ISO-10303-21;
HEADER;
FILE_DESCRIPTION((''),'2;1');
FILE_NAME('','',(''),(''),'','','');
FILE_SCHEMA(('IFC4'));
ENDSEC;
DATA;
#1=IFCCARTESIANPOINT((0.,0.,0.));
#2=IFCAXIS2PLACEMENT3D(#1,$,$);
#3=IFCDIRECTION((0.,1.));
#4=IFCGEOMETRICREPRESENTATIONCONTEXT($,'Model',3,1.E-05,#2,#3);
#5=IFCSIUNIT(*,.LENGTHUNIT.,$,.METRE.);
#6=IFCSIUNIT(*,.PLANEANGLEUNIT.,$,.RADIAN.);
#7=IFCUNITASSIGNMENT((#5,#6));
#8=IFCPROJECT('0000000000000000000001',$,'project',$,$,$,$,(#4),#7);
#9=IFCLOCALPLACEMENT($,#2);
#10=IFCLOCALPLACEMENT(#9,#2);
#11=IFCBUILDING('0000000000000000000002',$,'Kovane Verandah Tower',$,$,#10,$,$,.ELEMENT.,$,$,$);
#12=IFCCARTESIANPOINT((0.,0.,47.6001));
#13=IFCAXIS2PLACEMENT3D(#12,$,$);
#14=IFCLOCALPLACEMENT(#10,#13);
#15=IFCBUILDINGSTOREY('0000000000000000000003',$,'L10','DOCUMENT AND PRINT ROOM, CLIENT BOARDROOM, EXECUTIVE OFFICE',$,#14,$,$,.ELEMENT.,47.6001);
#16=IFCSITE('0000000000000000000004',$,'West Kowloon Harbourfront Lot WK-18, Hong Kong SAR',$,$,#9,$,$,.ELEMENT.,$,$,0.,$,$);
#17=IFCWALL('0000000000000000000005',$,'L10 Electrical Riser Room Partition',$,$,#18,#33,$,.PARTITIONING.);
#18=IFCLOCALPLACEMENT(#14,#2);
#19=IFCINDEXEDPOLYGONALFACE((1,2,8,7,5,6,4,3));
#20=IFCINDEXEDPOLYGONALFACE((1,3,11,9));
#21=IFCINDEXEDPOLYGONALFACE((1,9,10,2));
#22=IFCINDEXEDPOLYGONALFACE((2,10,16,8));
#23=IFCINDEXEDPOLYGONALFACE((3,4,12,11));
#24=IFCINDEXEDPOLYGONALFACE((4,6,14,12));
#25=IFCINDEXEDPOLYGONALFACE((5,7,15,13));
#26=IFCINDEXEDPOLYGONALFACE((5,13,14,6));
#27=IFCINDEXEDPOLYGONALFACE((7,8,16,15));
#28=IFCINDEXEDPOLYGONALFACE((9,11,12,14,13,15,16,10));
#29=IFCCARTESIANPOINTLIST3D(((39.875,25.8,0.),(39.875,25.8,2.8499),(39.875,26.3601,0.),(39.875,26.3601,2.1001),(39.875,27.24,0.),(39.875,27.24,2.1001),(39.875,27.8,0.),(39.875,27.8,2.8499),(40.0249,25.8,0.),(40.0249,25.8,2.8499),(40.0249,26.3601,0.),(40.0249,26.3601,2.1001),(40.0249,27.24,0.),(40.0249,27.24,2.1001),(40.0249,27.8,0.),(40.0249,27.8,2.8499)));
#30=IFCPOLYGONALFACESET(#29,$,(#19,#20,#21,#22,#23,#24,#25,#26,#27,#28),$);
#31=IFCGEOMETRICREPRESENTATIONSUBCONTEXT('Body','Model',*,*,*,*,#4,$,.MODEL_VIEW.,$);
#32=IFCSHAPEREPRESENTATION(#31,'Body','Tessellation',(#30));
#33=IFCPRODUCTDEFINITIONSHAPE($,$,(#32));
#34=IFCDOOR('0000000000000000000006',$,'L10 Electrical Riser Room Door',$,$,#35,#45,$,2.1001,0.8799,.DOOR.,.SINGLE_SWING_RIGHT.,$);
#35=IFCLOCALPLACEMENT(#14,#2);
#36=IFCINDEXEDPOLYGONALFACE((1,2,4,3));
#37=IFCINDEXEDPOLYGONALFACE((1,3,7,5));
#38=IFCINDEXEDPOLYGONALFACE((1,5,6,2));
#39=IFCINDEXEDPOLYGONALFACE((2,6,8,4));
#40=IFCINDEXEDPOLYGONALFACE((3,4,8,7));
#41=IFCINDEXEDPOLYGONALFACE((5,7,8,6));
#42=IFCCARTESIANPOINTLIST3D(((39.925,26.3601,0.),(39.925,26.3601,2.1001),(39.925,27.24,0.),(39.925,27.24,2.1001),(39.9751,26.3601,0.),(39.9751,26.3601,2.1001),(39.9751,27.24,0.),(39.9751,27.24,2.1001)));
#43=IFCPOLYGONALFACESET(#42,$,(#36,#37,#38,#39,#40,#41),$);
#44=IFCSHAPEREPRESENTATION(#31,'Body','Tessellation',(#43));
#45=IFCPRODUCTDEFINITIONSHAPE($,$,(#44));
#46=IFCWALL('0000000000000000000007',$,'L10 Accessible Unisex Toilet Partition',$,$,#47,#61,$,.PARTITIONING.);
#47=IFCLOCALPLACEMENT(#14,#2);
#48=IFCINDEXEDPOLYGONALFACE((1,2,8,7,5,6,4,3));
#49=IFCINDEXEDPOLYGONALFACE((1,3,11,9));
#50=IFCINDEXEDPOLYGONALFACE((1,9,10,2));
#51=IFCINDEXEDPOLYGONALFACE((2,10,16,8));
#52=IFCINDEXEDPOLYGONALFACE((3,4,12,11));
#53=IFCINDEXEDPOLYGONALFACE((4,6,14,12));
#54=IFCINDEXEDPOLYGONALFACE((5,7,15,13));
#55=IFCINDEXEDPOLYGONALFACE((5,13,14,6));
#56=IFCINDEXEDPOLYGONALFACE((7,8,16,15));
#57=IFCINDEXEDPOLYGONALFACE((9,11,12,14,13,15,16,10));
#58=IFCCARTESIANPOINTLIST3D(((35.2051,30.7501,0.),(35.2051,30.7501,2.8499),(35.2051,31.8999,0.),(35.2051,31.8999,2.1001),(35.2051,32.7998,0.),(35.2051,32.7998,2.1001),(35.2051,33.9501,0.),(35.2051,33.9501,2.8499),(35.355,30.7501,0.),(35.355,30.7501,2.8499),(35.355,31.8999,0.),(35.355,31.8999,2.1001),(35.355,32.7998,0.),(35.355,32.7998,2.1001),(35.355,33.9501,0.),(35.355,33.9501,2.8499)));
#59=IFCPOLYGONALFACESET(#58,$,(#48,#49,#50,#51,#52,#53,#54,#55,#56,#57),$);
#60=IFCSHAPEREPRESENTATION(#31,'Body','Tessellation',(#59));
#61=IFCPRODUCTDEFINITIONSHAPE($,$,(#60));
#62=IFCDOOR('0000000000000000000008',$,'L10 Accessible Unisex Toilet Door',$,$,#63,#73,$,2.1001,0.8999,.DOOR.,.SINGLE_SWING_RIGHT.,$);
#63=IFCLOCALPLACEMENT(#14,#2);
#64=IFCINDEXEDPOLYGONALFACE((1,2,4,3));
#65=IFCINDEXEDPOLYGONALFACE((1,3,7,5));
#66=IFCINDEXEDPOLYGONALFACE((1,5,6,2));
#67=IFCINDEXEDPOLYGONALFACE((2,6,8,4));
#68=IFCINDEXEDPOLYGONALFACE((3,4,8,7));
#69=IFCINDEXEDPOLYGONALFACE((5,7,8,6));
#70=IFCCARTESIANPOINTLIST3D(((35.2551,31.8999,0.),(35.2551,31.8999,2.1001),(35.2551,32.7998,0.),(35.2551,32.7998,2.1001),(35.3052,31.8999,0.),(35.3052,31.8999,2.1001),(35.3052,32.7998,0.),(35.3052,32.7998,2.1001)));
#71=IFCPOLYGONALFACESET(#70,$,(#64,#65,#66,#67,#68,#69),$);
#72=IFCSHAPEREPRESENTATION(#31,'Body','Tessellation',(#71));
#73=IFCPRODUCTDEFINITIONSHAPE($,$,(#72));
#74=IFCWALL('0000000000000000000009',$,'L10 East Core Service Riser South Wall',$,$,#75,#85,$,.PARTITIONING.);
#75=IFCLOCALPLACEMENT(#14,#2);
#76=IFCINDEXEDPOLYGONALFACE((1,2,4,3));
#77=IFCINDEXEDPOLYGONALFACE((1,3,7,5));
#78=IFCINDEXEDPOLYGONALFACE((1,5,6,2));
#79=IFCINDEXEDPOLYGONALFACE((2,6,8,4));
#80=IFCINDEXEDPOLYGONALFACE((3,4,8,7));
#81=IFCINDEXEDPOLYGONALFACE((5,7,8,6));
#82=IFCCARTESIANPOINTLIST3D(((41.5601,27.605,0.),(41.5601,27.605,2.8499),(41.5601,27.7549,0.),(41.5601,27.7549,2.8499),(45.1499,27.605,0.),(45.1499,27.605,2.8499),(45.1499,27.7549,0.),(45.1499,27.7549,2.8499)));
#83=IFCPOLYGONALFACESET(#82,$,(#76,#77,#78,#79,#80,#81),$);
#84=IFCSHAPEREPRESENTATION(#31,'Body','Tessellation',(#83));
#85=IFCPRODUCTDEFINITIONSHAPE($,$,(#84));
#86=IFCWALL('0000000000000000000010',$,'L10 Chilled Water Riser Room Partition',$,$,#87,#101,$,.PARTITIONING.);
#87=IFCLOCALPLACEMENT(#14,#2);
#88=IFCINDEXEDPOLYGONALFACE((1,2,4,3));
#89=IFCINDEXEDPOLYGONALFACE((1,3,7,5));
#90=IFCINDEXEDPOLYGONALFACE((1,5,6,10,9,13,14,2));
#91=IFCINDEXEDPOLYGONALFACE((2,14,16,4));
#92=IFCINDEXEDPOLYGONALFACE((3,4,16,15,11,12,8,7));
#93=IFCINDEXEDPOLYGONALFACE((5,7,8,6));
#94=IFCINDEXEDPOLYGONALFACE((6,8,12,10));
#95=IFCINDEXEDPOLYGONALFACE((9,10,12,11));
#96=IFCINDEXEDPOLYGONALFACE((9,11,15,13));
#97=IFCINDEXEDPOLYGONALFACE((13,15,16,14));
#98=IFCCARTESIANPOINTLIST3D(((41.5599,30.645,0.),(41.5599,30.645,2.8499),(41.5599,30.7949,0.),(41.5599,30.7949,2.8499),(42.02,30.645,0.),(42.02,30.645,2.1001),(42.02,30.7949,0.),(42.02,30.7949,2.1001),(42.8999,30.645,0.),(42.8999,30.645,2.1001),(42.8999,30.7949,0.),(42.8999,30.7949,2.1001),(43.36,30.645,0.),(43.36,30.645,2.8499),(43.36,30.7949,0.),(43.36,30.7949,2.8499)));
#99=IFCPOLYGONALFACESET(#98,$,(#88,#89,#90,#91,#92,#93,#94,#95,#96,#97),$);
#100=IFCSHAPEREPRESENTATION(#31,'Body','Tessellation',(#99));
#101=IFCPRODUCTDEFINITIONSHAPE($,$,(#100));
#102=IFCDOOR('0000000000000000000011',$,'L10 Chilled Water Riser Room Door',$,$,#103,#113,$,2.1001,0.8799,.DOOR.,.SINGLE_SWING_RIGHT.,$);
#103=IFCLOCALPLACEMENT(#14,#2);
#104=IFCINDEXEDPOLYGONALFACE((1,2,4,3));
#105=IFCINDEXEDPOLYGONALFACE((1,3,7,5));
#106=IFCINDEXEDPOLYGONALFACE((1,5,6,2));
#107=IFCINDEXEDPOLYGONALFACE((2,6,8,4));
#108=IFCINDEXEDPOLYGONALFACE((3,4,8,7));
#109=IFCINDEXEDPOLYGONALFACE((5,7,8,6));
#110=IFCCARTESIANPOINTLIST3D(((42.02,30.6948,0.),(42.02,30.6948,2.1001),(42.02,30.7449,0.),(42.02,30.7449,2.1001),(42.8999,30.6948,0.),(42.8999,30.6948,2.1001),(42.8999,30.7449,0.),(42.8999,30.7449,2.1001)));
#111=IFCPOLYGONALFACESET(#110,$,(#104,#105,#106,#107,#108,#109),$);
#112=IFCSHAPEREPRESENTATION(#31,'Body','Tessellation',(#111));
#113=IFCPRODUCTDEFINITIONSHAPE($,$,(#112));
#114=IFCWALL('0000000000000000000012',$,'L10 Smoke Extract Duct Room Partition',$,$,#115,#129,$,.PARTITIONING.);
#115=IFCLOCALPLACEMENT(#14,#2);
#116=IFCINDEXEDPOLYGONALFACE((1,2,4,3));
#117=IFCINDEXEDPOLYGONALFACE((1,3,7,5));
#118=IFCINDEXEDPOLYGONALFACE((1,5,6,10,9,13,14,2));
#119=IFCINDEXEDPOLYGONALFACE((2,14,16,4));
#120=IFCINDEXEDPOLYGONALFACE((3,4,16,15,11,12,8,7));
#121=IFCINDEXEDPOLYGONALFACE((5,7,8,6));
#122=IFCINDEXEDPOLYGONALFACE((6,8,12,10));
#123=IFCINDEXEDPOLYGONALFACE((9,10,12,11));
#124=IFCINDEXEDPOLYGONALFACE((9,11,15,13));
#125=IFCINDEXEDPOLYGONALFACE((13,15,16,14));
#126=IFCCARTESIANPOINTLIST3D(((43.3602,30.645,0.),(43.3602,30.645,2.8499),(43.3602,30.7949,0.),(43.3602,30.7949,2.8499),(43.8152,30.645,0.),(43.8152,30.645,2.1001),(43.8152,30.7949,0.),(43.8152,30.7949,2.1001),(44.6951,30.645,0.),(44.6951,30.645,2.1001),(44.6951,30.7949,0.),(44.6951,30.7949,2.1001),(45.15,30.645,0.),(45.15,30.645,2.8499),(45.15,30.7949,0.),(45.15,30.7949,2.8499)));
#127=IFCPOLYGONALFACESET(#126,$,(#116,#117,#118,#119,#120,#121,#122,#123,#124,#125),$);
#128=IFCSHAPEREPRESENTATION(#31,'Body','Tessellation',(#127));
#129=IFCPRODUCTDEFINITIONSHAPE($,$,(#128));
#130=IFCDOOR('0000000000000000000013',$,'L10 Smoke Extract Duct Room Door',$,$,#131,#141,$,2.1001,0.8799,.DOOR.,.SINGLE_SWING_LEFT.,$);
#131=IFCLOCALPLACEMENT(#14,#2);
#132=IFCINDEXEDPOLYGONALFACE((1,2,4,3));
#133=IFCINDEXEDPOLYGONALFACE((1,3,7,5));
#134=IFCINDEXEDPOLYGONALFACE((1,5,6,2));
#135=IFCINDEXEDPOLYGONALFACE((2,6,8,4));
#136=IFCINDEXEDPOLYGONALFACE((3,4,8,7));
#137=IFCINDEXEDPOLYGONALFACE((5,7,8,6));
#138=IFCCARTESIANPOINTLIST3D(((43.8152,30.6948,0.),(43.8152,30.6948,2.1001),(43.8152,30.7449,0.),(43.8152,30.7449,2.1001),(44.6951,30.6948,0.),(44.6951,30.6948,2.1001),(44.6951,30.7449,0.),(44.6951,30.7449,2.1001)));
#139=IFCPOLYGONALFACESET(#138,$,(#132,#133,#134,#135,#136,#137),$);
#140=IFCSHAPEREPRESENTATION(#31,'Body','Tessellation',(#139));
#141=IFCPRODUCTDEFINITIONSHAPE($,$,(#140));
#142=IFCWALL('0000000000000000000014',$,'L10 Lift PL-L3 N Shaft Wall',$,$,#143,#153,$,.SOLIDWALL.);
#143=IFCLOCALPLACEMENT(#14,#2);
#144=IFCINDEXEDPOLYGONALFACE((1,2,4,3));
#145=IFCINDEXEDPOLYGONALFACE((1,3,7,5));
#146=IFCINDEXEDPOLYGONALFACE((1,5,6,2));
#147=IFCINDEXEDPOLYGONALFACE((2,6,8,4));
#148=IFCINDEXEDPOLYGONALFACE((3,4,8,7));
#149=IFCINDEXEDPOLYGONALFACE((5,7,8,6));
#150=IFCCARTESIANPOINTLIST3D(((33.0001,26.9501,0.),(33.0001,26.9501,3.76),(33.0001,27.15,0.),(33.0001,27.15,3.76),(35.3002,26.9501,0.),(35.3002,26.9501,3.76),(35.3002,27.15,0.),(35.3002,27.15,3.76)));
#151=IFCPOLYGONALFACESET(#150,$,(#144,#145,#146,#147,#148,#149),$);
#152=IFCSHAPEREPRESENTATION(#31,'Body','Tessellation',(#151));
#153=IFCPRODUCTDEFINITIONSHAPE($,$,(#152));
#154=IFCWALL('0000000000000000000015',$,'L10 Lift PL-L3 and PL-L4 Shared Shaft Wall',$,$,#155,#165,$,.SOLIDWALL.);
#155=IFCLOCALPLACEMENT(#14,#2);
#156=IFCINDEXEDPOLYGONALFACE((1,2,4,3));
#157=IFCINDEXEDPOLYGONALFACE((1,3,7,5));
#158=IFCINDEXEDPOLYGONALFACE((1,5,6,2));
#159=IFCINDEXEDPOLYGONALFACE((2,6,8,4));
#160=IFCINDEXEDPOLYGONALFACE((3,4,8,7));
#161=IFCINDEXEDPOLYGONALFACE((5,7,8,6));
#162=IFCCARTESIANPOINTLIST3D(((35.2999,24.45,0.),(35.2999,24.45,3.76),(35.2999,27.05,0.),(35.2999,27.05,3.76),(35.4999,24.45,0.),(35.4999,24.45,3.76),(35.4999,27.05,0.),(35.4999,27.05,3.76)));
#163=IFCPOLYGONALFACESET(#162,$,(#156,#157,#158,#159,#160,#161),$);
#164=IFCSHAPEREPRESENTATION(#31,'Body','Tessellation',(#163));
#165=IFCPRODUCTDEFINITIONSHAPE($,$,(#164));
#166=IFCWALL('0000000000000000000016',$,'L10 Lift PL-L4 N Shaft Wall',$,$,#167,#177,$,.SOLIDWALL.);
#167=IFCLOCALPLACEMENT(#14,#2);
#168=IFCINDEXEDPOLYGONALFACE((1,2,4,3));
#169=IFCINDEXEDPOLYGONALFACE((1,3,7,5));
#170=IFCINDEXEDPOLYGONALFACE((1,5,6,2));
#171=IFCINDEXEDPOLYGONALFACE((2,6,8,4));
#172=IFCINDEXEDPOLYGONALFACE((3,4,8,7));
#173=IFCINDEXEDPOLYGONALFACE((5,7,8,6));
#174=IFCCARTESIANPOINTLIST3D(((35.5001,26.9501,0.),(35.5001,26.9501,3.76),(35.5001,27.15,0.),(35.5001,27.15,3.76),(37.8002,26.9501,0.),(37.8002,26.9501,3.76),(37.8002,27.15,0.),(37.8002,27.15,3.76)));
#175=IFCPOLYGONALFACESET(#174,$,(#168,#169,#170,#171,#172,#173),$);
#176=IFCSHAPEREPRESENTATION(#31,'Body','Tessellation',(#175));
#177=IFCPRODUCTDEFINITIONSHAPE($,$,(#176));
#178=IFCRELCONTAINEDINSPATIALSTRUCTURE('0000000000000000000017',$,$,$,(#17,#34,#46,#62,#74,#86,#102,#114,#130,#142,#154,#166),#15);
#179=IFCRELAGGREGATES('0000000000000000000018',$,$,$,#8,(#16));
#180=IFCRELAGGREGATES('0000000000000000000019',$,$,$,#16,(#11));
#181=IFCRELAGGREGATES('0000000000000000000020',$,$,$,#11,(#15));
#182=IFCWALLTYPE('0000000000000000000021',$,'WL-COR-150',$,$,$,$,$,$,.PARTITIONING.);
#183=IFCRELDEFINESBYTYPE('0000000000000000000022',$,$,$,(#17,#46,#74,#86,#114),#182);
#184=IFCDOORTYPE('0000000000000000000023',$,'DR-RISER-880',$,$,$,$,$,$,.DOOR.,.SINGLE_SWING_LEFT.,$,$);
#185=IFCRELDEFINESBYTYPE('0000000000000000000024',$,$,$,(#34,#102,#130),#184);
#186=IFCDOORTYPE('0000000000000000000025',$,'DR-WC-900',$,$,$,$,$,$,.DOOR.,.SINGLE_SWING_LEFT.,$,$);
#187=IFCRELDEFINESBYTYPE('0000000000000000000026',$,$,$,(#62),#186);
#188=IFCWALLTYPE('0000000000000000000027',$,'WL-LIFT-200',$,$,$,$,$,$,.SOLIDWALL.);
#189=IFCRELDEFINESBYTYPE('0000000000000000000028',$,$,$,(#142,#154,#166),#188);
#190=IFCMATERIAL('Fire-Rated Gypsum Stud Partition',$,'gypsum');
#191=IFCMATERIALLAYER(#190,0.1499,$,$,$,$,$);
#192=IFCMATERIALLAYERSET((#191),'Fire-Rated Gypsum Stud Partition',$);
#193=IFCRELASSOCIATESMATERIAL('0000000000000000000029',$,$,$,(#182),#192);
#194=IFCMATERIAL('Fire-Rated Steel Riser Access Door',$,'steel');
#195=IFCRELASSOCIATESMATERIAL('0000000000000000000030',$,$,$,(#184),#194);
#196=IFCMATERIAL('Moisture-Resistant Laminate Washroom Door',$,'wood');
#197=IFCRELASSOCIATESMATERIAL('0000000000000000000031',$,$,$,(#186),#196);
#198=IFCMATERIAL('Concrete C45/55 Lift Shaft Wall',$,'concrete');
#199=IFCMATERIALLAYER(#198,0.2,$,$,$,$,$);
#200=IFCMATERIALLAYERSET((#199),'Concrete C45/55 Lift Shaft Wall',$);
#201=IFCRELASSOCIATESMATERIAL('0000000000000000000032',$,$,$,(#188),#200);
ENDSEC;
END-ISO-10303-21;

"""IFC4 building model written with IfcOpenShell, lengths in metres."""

from ifc_helpers import new_model, si_unit, direction, frame, frame_2d, origin, place, context, subcontext, project, spatial, rectangle, extrude, material, layer, layer_set, type_object, element, fill, save


model = new_model("IFC4")

# Units and contexts
model_context = context("Model", 3, precision=1e-05, world=origin(), true_north=direction((0.0, 1.0)))
body_context = subcontext(model_context, "Body", "Model", "MODEL_VIEW")
ifc_project = project(units=[si_unit("LENGTHUNIT", "METRE"), si_unit("PLANEANGLEUNIT", "RADIAN")], contexts=[model_context])

# Site, building, storey
site_placement = place(None, origin())
site = spatial("IfcSite", under=ifc_project, at=site_placement, Name="West Kowloon Harbourfront Lot WK-18, Hong Kong SAR", CompositionType="ELEMENT", RefElevation=0.0)
building_placement = place(site_placement, origin())
building = spatial("IfcBuilding", under=site, at=building_placement, Name="Kovane Verandah Tower", CompositionType="ELEMENT")
storey_placement = place(building_placement, frame((0.0, 0.0, 47.6001)))
storey = spatial("IfcBuildingStorey", under=building, at=storey_placement, Name="L10", Description="DOCUMENT AND PRINT ROOM, CLIENT BOARDROOM, EXECUTIVE OFFICE", CompositionType="ELEMENT", Elevation=47.6001)

# Walls, openings, doors
ifc_material_1 = material(Name="Fire-Rated Gypsum Stud Partition", Category="gypsum")
ifc_layer_1 = layer(ifc_material_1, 0.1499)
ifc_layer_set_1 = layer_set([ifc_layer_1], Name="Fire-Rated Gypsum Stud Partition")
wall_type_1 = type_object("IfcWallType", Name="WL-COR-150", PredefinedType="PARTITIONING", material=ifc_layer_set_1)
wall_1_placement = place(storey_placement, frame((39.95, 25.8, 0.0), z_axis=(0.0, 0.0, 1.0), x_axis=(0.0, 1.0, 0.0)))
wall_1 = element("IfcWall", 1, at=wall_1_placement, inside=storey, type_object=wall_type_1, Name="L10 Electrical Riser Room Partition", PredefinedType="PARTITIONING", context=body_context, shape_type="SweptSolid", body=[
    extrude(rectangle(XDim=2.0, YDim=0.1499, at=frame_2d((1.0, 0.0))), origin(), (0.0, 0.0, 1.0), 2.8499),
])
opening_1_placement = place(wall_1_placement, frame((0.5601, 0.0, 0.0)))
opening_1 = element("IfcOpeningElement", 2, at=opening_1_placement, cuts=wall_1, PredefinedType="OPENING", context=body_context, shape_type="SweptSolid", body=[
    extrude(rectangle(XDim=0.8799, YDim=2.1001, at=frame_2d((0.4399, 1.05))), frame((0.0, 0.075, 0.0), z_axis=(0.0, -1.0, 0.0), x_axis=(1.0, 0.0, 0.0)), (0.0, 0.0, 1.0), 0.1499),
])
ifc_material_2 = material(Name="Fire-Rated Steel Riser Access Door", Category="steel")
door_type_1 = type_object("IfcDoorType", Name="DR-RISER-880", OperationType="SINGLE_SWING_LEFT", PredefinedType="DOOR", material=ifc_material_2)
door_1_placement = place(opening_1_placement, origin())
door_1 = element("IfcDoor", 3, at=door_1_placement, inside=storey, type_object=door_type_1, Name="L10 Electrical Riser Room Door", OperationType="SINGLE_SWING_RIGHT", OverallHeight=2.1001, OverallWidth=0.8799, PredefinedType="DOOR", context=body_context, shape_type="SweptSolid", body=[
    extrude(rectangle(XDim=0.8799, YDim=2.1001, at=frame_2d((0.4399, 1.05))), frame((0.0, 0.0249, 0.0), z_axis=(0.0, -1.0, 0.0), x_axis=(1.0, 0.0, 0.0)), (0.0, 0.0, 1.0), 0.05),
])
fill(opening_1, door_1)
wall_2_placement = place(storey_placement, frame((35.28, 30.75, 0.0), z_axis=(0.0, 0.0, 1.0), x_axis=(0.0, 1.0, 0.0)))
wall_2 = element("IfcWall", 4, at=wall_2_placement, inside=storey, type_object=wall_type_1, Name="L10 Accessible Unisex Toilet Partition", PredefinedType="PARTITIONING", context=body_context, shape_type="SweptSolid", body=[
    extrude(rectangle(XDim=3.2, YDim=0.1499, at=frame_2d((1.6001, 0.0))), origin(), (0.0, 0.0, 1.0), 2.8499),
])
opening_2_placement = place(wall_2_placement, frame((1.1499, 0.0, 0.0)))
opening_2 = element("IfcOpeningElement", 5, at=opening_2_placement, cuts=wall_2, PredefinedType="OPENING", context=body_context, shape_type="SweptSolid", body=[
    extrude(rectangle(XDim=0.8999, YDim=2.1001, at=frame_2d((0.45, 1.05))), frame((0.0, 0.075, 0.0), z_axis=(0.0, -1.0, 0.0), x_axis=(1.0, 0.0, 0.0)), (0.0, 0.0, 1.0), 0.1499),
])
ifc_material_3 = material(Name="Moisture-Resistant Laminate Washroom Door", Category="wood")
door_type_2 = type_object("IfcDoorType", Name="DR-WC-900", OperationType="SINGLE_SWING_LEFT", PredefinedType="DOOR", material=ifc_material_3)
door_2_placement = place(opening_2_placement, origin())
door_2 = element("IfcDoor", 6, at=door_2_placement, inside=storey, type_object=door_type_2, Name="L10 Accessible Unisex Toilet Door", OperationType="SINGLE_SWING_RIGHT", OverallHeight=2.1001, OverallWidth=0.8999, PredefinedType="DOOR", context=body_context, shape_type="SweptSolid", body=[
    extrude(rectangle(XDim=0.8999, YDim=2.1001, at=frame_2d((0.45, 1.05))), frame((0.0, 0.0249, 0.0), z_axis=(0.0, -1.0, 0.0), x_axis=(1.0, 0.0, 0.0)), (0.0, 0.0, 1.0), 0.05),
])
fill(opening_2, door_2)

# Wall
wall_3_placement = place(storey_placement, frame((41.5601, 27.6799, 0.0), z_axis=(0.0, 0.0, 1.0), x_axis=(1.0, 0.0, 0.0)))
element("IfcWall", 7, at=wall_3_placement, inside=storey, type_object=wall_type_1, Name="L10 East Core Service Riser South Wall", PredefinedType="PARTITIONING", context=body_context, shape_type="SweptSolid", body=[
    extrude(rectangle(XDim=3.5898, YDim=0.1499, at=frame_2d((1.7949, 0.0))), origin(), (0.0, 0.0, 1.0), 2.8499),
])

# Walls, openings, doors
wall_4_placement = place(storey_placement, frame((41.5601, 30.72, 0.0), z_axis=(0.0, 0.0, 1.0), x_axis=(1.0, 0.0, 0.0)))
wall_4 = element("IfcWall", 8, at=wall_4_placement, inside=storey, type_object=wall_type_1, Name="L10 Chilled Water Riser Room Partition", PredefinedType="PARTITIONING", context=body_context, shape_type="SweptSolid", body=[
    extrude(rectangle(XDim=1.8, YDim=0.1499, at=frame_2d((0.8999, 0.0))), origin(), (0.0, 0.0, 1.0), 2.8499),
])
opening_3_placement = place(wall_4_placement, frame((0.46, 0.0, 0.0)))
opening_3 = element("IfcOpeningElement", 9, at=opening_3_placement, cuts=wall_4, PredefinedType="OPENING", context=body_context, shape_type="SweptSolid", body=[
    extrude(rectangle(XDim=0.8799, YDim=2.1001, at=frame_2d((0.4399, 1.05))), frame((0.0, 0.075, 0.0), z_axis=(0.0, -1.0, 0.0), x_axis=(1.0, 0.0, 0.0)), (0.0, 0.0, 1.0), 0.1499),
])
door_3_placement = place(opening_3_placement, origin())
door_3 = element("IfcDoor", 10, at=door_3_placement, inside=storey, type_object=door_type_1, Name="L10 Chilled Water Riser Room Door", OperationType="SINGLE_SWING_RIGHT", OverallHeight=2.1001, OverallWidth=0.8799, PredefinedType="DOOR", context=body_context, shape_type="SweptSolid", body=[
    extrude(rectangle(XDim=0.8799, YDim=2.1001, at=frame_2d((0.4399, 1.05))), frame((0.0, 0.0249, 0.0), z_axis=(0.0, -1.0, 0.0), x_axis=(1.0, 0.0, 0.0)), (0.0, 0.0, 1.0), 0.05),
])
fill(opening_3, door_3)
wall_5_placement = place(storey_placement, frame((43.3601, 30.72, 0.0), z_axis=(0.0, 0.0, 1.0), x_axis=(1.0, 0.0, 0.0)))
wall_5 = element("IfcWall", 11, at=wall_5_placement, inside=storey, type_object=wall_type_1, Name="L10 Smoke Extract Duct Room Partition", PredefinedType="PARTITIONING", context=body_context, shape_type="SweptSolid", body=[
    extrude(rectangle(XDim=1.7898, YDim=0.1499, at=frame_2d((0.895, 0.0))), origin(), (0.0, 0.0, 1.0), 2.8499),
])
opening_4_placement = place(wall_5_placement, frame((0.4551, 0.0, 0.0)))
opening_4 = element("IfcOpeningElement", 12, at=opening_4_placement, cuts=wall_5, PredefinedType="OPENING", context=body_context, shape_type="SweptSolid", body=[
    extrude(rectangle(XDim=0.8799, YDim=2.1001, at=frame_2d((0.4399, 1.05))), frame((0.0, 0.075, 0.0), z_axis=(0.0, -1.0, 0.0), x_axis=(1.0, 0.0, 0.0)), (0.0, 0.0, 1.0), 0.1499),
])
door_4_placement = place(opening_4_placement, origin())
door_4 = element("IfcDoor", 13, at=door_4_placement, inside=storey, type_object=door_type_1, Name="L10 Smoke Extract Duct Room Door", OperationType="SINGLE_SWING_LEFT", OverallHeight=2.1001, OverallWidth=0.8799, PredefinedType="DOOR", context=body_context, shape_type="SweptSolid", body=[
    extrude(rectangle(XDim=0.8799, YDim=2.1001, at=frame_2d((0.4399, 1.05))), frame((0.0, 0.0249, 0.0), z_axis=(0.0, -1.0, 0.0), x_axis=(1.0, 0.0, 0.0)), (0.0, 0.0, 1.0), 0.05),
])
fill(opening_4, door_4)
ifc_material_4 = material(Name="Concrete C45/55 Lift Shaft Wall", Category="concrete")
ifc_layer_2 = layer(ifc_material_4, 0.2)
ifc_layer_set_2 = layer_set([ifc_layer_2], Name="Concrete C45/55 Lift Shaft Wall")
wall_type_2 = type_object("IfcWallType", Name="WL-LIFT-200", PredefinedType="SOLIDWALL", material=ifc_layer_set_2)

# Walls
wall_6_placement = place(storey_placement, frame((35.3, 27.05, 0.0), z_axis=(0.0, 0.0, 1.0), x_axis=(-1.0, 0.0, 0.0)))
element("IfcWall", 14, at=wall_6_placement, inside=storey, type_object=wall_type_2, Name="L10 Lift PL-L3 N Shaft Wall", PredefinedType="SOLIDWALL", context=body_context, shape_type="SweptSolid", body=[
    extrude(rectangle(XDim=2.3, YDim=0.2, at=frame_2d((1.1499, 0.0))), origin(), (0.0, 0.0, 1.0), 3.76),
])
wall_7_placement = place(storey_placement, frame((35.3999, 24.45, 0.0), z_axis=(0.0, 0.0, 1.0), x_axis=(0.0, 1.0, 0.0)))
element("IfcWall", 15, at=wall_7_placement, inside=storey, type_object=wall_type_2, Name="L10 Lift PL-L3 and PL-L4 Shared Shaft Wall", PredefinedType="SOLIDWALL", context=body_context, shape_type="SweptSolid", body=[
    extrude(rectangle(XDim=2.6001, YDim=0.2, at=frame_2d((1.3, 0.0))), origin(), (0.0, 0.0, 1.0), 3.76),
])

# Wall
wall_8_placement = place(storey_placement, frame((37.8, 27.05, 0.0), z_axis=(0.0, 0.0, 1.0), x_axis=(-1.0, 0.0, 0.0)))
element("IfcWall", 16, at=wall_8_placement, inside=storey, type_object=wall_type_2, Name="L10 Lift PL-L4 N Shaft Wall", PredefinedType="SOLIDWALL", context=body_context, shape_type="SweptSolid", body=[
    extrude(rectangle(XDim=2.3, YDim=0.2, at=frame_2d((1.1499, 0.0))), origin(), (0.0, 0.0, 1.0), 3.76),
])

save(model, "model.ifc")
